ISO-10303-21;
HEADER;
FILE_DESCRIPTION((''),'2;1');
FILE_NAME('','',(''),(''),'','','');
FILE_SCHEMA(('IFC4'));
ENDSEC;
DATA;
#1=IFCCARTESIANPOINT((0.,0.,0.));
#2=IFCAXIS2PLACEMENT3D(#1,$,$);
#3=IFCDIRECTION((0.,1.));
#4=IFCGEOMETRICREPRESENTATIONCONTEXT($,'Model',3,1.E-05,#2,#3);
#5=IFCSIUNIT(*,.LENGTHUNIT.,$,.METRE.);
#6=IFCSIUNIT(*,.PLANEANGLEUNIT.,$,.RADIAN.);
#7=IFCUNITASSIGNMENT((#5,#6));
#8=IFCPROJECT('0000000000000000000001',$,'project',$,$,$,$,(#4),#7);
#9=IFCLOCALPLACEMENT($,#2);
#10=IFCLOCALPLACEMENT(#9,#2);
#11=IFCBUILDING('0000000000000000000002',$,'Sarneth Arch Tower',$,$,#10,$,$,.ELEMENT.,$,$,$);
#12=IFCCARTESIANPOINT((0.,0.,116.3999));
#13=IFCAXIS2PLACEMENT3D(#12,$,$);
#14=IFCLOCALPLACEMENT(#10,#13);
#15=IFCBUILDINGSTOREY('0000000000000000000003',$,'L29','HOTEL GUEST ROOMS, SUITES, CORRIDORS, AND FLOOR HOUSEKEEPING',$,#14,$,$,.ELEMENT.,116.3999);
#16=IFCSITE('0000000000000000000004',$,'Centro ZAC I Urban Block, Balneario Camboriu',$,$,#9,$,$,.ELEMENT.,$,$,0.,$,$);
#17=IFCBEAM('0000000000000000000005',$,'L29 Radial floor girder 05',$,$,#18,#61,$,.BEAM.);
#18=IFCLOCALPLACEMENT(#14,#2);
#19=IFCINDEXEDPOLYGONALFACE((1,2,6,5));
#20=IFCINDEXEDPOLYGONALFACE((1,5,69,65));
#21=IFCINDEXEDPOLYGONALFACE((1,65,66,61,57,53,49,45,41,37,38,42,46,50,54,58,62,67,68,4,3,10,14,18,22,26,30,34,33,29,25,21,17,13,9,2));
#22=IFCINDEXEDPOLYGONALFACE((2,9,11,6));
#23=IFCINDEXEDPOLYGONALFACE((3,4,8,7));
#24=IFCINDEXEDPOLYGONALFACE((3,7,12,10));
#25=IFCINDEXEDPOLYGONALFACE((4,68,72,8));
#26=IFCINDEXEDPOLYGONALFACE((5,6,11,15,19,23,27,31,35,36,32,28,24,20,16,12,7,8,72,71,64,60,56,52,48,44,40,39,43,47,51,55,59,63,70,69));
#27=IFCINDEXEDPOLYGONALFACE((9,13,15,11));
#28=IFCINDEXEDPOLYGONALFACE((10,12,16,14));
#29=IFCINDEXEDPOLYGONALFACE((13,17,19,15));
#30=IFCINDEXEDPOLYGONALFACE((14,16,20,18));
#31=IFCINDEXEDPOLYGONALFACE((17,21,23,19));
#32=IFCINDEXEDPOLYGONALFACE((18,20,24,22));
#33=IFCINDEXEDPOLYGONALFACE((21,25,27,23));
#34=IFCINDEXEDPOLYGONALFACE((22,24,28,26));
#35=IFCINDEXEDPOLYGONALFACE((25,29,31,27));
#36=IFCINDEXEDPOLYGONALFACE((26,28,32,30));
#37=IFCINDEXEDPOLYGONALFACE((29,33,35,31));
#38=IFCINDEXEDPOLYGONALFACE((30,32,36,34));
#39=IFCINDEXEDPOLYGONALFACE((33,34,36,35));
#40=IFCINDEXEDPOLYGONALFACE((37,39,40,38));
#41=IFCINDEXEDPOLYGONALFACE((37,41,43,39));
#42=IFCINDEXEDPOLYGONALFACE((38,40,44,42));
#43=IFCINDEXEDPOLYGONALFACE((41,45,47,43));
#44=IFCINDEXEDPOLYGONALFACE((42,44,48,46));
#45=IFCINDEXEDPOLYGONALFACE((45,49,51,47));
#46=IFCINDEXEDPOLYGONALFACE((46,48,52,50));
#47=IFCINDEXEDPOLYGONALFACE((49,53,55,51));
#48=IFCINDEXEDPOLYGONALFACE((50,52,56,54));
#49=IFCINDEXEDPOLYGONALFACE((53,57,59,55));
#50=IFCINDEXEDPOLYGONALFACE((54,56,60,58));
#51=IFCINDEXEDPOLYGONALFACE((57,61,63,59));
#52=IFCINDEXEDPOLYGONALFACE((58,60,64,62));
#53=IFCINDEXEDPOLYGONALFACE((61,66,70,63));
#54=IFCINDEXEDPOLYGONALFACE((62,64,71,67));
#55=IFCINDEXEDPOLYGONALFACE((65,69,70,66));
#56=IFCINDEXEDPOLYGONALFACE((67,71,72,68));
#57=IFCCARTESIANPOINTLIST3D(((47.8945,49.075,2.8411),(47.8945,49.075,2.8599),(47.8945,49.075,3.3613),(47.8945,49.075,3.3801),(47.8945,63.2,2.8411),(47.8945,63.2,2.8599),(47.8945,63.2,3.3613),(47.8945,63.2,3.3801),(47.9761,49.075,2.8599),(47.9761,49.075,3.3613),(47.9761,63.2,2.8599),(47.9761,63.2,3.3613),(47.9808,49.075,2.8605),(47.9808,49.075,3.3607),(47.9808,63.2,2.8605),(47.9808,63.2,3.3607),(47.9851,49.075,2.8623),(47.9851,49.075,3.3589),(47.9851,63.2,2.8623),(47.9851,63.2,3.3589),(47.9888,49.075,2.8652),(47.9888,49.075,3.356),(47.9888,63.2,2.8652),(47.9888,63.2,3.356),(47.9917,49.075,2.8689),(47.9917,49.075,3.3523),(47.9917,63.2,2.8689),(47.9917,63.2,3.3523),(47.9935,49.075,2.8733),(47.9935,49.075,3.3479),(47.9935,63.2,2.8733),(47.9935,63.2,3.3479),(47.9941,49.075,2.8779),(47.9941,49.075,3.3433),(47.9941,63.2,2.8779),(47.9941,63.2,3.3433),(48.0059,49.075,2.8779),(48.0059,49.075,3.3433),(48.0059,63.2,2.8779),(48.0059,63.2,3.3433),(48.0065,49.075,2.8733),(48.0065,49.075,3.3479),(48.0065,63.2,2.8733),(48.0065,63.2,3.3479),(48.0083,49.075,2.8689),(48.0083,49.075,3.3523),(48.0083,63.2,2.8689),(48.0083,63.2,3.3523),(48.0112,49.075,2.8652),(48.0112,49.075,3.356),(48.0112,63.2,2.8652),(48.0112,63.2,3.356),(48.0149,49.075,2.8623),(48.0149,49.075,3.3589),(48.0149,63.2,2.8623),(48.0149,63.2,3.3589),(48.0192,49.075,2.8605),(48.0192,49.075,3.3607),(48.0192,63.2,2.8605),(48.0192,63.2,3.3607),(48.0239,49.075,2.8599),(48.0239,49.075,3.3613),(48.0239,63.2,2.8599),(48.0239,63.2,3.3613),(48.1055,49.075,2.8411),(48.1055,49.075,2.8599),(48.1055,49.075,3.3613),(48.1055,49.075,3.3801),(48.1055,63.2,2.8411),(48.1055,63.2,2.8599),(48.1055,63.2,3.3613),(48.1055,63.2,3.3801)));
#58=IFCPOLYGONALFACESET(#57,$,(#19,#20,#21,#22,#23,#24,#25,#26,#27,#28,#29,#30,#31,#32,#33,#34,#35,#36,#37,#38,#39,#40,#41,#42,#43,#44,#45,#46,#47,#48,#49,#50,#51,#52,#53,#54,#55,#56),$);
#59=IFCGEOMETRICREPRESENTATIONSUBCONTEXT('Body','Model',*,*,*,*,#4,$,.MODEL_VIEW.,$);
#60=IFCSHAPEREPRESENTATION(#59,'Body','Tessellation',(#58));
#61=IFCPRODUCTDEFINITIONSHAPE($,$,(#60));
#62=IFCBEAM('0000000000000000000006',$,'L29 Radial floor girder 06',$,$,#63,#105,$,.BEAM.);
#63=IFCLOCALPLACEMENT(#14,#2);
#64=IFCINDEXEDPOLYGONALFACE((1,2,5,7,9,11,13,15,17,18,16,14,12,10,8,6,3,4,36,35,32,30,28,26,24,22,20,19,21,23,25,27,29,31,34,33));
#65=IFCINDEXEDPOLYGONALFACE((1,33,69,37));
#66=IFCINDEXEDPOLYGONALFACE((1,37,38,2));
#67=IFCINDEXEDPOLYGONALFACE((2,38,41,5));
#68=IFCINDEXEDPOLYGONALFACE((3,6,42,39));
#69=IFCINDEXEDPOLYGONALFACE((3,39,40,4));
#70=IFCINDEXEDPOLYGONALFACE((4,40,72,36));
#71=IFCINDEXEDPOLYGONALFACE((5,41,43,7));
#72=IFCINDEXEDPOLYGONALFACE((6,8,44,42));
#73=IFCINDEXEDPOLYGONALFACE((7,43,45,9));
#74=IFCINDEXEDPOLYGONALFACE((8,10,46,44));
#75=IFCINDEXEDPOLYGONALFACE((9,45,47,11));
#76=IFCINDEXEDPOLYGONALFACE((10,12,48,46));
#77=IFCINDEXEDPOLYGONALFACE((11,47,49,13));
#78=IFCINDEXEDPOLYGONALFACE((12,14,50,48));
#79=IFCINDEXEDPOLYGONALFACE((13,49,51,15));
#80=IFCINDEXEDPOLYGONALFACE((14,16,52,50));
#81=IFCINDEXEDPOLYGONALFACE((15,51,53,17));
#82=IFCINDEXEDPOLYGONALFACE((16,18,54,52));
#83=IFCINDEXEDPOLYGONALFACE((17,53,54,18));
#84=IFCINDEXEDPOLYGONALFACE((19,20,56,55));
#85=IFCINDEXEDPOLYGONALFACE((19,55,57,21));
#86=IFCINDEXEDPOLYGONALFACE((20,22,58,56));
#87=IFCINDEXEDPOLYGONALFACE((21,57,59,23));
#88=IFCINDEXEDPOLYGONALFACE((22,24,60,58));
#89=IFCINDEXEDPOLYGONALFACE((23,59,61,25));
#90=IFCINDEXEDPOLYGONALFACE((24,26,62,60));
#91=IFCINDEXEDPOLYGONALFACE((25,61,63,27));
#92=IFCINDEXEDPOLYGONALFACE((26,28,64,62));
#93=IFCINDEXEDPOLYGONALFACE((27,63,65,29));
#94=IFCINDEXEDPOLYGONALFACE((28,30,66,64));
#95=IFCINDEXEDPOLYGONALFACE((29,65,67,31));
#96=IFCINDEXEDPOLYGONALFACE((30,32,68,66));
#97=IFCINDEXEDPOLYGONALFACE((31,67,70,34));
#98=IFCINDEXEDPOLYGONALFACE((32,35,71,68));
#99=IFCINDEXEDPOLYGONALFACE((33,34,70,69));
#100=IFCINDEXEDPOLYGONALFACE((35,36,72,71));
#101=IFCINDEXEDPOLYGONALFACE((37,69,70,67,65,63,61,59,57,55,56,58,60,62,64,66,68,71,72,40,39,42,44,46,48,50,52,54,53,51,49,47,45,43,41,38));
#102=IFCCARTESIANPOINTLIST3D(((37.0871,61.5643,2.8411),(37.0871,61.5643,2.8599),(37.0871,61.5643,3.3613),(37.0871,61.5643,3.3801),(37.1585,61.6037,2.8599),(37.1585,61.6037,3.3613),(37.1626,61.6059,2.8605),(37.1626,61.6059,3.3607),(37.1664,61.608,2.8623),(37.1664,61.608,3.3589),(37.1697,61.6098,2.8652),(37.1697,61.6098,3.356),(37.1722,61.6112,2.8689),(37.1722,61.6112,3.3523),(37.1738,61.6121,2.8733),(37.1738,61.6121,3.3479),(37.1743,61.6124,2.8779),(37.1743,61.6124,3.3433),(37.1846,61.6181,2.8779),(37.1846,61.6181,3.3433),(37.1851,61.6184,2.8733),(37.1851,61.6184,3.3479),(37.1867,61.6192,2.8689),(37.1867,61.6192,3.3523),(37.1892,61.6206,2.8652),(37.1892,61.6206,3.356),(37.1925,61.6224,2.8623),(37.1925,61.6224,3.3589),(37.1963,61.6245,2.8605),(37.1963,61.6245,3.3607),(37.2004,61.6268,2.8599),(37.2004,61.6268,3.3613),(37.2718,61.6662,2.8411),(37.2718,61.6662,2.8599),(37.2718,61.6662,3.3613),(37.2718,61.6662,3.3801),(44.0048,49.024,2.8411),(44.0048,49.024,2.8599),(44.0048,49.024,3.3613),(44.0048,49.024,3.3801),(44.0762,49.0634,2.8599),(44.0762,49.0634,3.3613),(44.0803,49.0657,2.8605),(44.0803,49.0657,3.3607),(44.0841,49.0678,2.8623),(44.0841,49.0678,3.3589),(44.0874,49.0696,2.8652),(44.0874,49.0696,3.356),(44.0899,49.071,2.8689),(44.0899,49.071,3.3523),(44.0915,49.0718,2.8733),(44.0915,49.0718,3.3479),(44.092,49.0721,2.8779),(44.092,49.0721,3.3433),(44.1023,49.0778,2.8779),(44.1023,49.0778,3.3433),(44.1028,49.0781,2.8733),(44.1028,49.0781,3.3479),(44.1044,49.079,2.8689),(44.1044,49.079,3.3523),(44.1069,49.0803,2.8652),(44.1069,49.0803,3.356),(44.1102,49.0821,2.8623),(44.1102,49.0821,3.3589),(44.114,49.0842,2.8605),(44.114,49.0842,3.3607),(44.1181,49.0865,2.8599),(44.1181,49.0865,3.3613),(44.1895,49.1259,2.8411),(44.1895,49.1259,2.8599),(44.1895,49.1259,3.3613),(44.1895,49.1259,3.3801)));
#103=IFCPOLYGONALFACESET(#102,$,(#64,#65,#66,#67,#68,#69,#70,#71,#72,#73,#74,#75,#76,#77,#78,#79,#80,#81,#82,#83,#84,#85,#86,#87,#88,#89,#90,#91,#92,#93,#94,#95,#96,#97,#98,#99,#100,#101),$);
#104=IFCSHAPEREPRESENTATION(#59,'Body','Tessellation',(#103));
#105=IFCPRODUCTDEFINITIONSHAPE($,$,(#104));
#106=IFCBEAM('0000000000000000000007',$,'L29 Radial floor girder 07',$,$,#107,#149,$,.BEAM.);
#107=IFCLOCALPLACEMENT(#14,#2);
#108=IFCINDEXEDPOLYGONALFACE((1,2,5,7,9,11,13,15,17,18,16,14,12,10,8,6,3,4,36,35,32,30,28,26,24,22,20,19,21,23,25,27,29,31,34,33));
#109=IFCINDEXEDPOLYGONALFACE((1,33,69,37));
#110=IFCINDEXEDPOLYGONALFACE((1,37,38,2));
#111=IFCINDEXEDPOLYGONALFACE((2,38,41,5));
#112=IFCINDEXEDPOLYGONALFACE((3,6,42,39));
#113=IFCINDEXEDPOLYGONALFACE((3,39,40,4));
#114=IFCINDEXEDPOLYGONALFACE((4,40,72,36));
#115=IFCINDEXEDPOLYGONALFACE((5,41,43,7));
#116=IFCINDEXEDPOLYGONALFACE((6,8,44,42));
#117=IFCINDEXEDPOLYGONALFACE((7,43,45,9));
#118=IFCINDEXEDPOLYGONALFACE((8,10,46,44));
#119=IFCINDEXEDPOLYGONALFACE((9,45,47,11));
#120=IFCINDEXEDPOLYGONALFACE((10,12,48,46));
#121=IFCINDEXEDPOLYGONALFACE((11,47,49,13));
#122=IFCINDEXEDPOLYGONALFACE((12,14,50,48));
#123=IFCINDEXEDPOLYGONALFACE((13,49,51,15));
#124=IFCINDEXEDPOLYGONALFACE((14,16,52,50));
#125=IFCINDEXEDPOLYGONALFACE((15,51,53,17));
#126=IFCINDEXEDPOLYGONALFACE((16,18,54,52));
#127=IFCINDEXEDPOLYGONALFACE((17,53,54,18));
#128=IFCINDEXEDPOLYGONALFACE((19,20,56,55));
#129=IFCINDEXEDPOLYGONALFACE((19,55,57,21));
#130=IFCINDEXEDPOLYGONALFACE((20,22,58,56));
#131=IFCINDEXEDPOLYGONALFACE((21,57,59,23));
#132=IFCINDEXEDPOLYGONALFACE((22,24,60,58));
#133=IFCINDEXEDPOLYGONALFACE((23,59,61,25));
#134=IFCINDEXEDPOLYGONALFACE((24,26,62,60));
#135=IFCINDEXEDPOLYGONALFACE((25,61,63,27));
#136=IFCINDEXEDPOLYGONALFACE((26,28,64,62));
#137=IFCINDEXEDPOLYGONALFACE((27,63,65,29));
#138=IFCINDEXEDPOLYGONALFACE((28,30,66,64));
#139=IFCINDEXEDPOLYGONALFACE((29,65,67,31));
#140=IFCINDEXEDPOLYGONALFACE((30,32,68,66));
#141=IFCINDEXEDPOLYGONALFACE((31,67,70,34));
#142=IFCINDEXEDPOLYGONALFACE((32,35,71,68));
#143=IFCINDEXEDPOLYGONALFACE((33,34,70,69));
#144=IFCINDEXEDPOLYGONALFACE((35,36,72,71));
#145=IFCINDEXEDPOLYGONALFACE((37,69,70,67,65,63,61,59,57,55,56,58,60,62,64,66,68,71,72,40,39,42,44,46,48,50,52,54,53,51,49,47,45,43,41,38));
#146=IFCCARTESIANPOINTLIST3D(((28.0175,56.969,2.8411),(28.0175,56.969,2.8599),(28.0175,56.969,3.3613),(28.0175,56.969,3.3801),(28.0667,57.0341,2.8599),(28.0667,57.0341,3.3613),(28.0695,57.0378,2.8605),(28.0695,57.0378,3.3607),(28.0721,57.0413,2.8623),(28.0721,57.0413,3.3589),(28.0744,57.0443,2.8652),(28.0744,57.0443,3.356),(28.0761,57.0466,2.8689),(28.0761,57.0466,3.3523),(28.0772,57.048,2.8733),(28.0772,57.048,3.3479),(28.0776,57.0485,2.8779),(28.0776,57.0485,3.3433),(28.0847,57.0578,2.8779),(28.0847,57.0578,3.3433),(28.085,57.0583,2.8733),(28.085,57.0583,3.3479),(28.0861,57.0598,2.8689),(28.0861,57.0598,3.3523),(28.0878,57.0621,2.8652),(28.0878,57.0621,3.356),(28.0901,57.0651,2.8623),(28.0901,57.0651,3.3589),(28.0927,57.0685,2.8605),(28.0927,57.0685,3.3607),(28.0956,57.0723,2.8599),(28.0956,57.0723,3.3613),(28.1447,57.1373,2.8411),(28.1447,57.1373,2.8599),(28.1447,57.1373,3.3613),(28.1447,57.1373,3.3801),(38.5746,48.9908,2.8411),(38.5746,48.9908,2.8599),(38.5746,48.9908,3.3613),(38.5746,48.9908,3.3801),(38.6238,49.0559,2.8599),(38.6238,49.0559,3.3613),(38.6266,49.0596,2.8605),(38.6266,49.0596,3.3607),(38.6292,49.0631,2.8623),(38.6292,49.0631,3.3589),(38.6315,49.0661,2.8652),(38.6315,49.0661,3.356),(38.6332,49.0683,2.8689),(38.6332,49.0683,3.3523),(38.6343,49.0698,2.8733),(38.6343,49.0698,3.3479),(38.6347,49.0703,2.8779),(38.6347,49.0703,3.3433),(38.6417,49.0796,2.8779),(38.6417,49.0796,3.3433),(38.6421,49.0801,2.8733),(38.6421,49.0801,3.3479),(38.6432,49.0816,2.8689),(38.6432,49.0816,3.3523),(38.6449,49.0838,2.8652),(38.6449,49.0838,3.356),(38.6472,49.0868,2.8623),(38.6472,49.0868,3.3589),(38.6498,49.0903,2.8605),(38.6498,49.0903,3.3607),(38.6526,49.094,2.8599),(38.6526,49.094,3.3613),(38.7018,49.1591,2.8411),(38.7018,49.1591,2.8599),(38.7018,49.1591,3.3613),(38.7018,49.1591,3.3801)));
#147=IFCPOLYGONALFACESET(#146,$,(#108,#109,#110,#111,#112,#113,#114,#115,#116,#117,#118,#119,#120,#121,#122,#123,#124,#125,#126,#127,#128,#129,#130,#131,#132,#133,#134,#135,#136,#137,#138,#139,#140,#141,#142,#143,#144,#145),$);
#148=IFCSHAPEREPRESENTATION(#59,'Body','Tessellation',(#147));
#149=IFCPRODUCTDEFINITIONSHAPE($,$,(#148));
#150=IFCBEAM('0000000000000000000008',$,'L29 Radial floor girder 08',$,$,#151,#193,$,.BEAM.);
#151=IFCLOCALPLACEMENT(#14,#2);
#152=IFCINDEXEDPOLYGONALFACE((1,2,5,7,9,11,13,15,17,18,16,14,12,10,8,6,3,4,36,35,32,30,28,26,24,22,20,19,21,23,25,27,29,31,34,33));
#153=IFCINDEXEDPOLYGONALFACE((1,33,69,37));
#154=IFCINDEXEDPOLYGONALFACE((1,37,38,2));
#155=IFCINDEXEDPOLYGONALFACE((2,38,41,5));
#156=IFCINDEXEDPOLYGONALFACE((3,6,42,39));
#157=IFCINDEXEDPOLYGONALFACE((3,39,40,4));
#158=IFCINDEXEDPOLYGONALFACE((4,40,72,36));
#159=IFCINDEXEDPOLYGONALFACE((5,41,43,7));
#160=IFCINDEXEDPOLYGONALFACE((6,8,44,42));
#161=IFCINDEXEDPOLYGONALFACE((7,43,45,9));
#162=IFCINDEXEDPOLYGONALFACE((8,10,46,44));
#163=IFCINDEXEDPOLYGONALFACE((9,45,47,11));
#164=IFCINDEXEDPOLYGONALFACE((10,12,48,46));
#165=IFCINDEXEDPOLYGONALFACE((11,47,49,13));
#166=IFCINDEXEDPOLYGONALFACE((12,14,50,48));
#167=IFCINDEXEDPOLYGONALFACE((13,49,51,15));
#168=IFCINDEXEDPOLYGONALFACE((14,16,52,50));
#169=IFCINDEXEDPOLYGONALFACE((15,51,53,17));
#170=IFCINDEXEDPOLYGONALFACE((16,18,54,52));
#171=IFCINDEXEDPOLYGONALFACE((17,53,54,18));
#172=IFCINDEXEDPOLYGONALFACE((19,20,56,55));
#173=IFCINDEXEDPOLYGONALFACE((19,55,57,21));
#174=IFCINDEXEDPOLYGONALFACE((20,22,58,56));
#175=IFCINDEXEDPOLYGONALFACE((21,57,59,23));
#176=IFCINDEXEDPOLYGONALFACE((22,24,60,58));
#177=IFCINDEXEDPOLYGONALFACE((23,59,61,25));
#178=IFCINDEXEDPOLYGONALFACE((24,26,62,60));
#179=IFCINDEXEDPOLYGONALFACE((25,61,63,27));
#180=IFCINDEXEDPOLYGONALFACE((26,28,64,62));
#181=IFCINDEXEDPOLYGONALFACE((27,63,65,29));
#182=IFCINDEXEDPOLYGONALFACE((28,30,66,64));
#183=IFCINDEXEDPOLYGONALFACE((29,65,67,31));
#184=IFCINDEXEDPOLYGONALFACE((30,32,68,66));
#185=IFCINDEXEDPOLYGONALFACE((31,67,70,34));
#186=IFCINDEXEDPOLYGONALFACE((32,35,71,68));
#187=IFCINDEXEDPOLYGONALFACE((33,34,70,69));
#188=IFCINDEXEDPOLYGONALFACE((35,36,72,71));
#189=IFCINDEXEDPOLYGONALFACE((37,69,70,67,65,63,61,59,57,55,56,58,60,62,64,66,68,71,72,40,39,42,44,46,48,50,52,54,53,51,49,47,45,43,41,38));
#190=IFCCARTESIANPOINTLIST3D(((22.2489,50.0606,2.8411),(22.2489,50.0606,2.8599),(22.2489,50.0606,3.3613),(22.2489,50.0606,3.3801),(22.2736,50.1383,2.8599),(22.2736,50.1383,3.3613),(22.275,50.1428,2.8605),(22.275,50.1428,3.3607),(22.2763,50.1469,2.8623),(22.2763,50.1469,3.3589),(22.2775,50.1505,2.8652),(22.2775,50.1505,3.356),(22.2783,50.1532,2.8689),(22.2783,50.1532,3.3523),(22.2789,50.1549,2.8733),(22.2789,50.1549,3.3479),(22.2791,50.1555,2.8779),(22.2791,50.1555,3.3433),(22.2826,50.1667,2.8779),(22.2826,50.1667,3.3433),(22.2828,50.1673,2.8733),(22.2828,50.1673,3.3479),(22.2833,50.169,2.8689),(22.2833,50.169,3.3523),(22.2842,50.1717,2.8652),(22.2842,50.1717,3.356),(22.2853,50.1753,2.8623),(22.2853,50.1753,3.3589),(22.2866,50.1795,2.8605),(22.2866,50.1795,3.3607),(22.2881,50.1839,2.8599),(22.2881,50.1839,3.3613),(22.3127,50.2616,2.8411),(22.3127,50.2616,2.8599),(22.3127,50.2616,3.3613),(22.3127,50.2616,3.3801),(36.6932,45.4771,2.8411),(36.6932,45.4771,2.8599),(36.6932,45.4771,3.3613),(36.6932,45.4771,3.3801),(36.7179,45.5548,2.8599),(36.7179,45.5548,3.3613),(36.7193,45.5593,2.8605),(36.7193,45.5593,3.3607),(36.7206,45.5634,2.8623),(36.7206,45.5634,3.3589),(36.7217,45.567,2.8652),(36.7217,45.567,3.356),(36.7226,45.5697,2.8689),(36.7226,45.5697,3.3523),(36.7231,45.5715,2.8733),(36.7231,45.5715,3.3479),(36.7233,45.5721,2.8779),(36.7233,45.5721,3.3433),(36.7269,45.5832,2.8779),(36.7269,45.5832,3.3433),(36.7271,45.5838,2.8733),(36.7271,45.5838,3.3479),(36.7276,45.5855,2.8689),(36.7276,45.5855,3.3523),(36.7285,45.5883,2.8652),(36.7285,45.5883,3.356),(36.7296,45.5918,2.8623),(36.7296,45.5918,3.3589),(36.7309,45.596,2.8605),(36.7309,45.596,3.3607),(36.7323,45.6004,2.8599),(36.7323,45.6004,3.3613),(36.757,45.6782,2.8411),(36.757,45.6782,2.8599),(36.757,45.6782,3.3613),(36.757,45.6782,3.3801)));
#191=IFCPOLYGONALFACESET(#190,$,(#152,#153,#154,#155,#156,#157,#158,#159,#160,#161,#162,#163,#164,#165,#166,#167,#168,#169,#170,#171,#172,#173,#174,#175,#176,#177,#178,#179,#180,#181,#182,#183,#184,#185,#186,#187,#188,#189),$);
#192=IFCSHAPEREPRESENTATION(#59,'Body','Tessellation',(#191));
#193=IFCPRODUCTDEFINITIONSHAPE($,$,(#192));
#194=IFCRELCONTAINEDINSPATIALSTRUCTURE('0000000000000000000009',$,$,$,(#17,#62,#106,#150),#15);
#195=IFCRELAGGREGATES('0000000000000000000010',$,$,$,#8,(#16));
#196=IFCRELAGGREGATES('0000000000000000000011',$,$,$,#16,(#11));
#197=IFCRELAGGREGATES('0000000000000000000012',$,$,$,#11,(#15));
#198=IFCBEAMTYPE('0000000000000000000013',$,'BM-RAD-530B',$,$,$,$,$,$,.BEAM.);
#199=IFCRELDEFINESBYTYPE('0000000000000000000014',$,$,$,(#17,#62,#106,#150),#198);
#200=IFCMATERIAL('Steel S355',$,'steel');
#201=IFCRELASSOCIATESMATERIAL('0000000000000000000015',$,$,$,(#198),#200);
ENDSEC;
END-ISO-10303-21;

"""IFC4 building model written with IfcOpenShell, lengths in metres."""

from ifc_helpers import new_model, si_unit, direction, frame, origin, origin_2d, place, context, subcontext, project, spatial, i_section, extrude, material, material_profile, profile_set, type_object, element, save


model = new_model("IFC4")

# Units and contexts
model_context = context("Model", 3, precision=1e-05, world=origin(), true_north=direction((0.0, 1.0)))
body_context = subcontext(model_context, "Body", "Model", "MODEL_VIEW")
ifc_project = project(units=[si_unit("LENGTHUNIT", "METRE"), si_unit("PLANEANGLEUNIT", "RADIAN")], contexts=[model_context])

# Site, building, storey
site_placement = place(None, origin())
site = spatial("IfcSite", under=ifc_project, at=site_placement, Name="Centro ZAC I Urban Block, Balneario Camboriu", CompositionType="ELEMENT", RefElevation=0.0)
building_placement = place(site_placement, origin())
building = spatial("IfcBuilding", under=site, at=building_placement, Name="Sarneth Arch Tower", CompositionType="ELEMENT")
storey_placement = place(building_placement, frame((0.0, 0.0, 116.3999)))
storey = spatial("IfcBuildingStorey", under=building, at=storey_placement, Name="L29", Description="HOTEL GUEST ROOMS, SUITES, CORRIDORS, AND FLOOR HOUSEKEEPING", CompositionType="ELEMENT", Elevation=116.3999)

# Beams
ifc_material_1 = material(Name="Steel S355", Category="steel")
ifc_material_profile = material_profile(ifc_material_1, i_section(OverallWidth=0.2109, OverallDepth=0.5391, WebThickness=0.0117, FlangeThickness=0.0188, FilletRadius=0.0181, at=origin_2d()), Name="W530x109")
ifc_profile_set = profile_set([ifc_material_profile], Name="Steel S355")
beam_type = type_object("IfcBeamType", Name="BM-RAD-530B", PredefinedType="BEAM", material=ifc_profile_set)
beam_1_placement = place(storey_placement, frame((48.0, 49.075, 3.1106), z_axis=(0.0, 1.0, 0.0), x_axis=(-1.0, 0.0, 0.0)))
element("IfcBeam", 1, at=beam_1_placement, inside=storey, type_object=beam_type, Name="L29 Radial floor girder 05", PredefinedType="BEAM", context=body_context, shape_type="SweptSolid", body=[
    extrude(i_section(OverallWidth=0.2109, OverallDepth=0.5391, WebThickness=0.0117, FlangeThickness=0.0188, FilletRadius=0.0181, at=origin_2d()), origin(), (0.0, 0.0, 1.0), 14.125),
])
beam_2_placement = place(storey_placement, frame((44.0972, 49.075, 3.1106), z_axis=(-0.483021, 0.875609, 0.0), x_axis=(-0.875609, -0.483021, 0.0)))
element("IfcBeam", 2, at=beam_2_placement, inside=storey, type_object=beam_type, Name="L29 Radial floor girder 06", PredefinedType="BEAM", context=body_context, shape_type="SweptSolid", body=[
    extrude(i_section(OverallWidth=0.2109, OverallDepth=0.5391, WebThickness=0.0117, FlangeThickness=0.0188, FilletRadius=0.0181, at=origin_2d()), origin(), (0.0, 0.0, 1.0), 14.3218),
])
beam_3_placement = place(storey_placement, frame((38.6382, 49.075, 3.1106), z_axis=(-0.797803, 0.602918, 0.0), x_axis=(-0.602918, -0.797803, 0.0)))
element("IfcBeam", 3, at=beam_3_placement, inside=storey, type_object=beam_type, Name="L29 Radial floor girder 07", PredefinedType="BEAM", context=body_context, shape_type="SweptSolid", body=[
    extrude(i_section(OverallWidth=0.2109, OverallDepth=0.5391, WebThickness=0.0117, FlangeThickness=0.0188, FilletRadius=0.0181, at=origin_2d()), origin(), (0.0, 0.0, 1.0), 13.2327),
])
beam_4_placement = place(storey_placement, frame((36.7251, 45.5776, 3.1106), z_axis=(-0.953162, 0.302459, 0.0), x_axis=(-0.302459, -0.953162, 0.0)))
element("IfcBeam", 4, at=beam_4_placement, inside=storey, type_object=beam_type, Name="L29 Radial floor girder 08", PredefinedType="BEAM", context=body_context, shape_type="SweptSolid", body=[
    extrude(i_section(OverallWidth=0.2109, OverallDepth=0.5391, WebThickness=0.0117, FlangeThickness=0.0188, FilletRadius=0.0181, at=origin_2d()), origin(), (0.0, 0.0, 1.0), 15.1541),
])

save(model, "model.ifc")
